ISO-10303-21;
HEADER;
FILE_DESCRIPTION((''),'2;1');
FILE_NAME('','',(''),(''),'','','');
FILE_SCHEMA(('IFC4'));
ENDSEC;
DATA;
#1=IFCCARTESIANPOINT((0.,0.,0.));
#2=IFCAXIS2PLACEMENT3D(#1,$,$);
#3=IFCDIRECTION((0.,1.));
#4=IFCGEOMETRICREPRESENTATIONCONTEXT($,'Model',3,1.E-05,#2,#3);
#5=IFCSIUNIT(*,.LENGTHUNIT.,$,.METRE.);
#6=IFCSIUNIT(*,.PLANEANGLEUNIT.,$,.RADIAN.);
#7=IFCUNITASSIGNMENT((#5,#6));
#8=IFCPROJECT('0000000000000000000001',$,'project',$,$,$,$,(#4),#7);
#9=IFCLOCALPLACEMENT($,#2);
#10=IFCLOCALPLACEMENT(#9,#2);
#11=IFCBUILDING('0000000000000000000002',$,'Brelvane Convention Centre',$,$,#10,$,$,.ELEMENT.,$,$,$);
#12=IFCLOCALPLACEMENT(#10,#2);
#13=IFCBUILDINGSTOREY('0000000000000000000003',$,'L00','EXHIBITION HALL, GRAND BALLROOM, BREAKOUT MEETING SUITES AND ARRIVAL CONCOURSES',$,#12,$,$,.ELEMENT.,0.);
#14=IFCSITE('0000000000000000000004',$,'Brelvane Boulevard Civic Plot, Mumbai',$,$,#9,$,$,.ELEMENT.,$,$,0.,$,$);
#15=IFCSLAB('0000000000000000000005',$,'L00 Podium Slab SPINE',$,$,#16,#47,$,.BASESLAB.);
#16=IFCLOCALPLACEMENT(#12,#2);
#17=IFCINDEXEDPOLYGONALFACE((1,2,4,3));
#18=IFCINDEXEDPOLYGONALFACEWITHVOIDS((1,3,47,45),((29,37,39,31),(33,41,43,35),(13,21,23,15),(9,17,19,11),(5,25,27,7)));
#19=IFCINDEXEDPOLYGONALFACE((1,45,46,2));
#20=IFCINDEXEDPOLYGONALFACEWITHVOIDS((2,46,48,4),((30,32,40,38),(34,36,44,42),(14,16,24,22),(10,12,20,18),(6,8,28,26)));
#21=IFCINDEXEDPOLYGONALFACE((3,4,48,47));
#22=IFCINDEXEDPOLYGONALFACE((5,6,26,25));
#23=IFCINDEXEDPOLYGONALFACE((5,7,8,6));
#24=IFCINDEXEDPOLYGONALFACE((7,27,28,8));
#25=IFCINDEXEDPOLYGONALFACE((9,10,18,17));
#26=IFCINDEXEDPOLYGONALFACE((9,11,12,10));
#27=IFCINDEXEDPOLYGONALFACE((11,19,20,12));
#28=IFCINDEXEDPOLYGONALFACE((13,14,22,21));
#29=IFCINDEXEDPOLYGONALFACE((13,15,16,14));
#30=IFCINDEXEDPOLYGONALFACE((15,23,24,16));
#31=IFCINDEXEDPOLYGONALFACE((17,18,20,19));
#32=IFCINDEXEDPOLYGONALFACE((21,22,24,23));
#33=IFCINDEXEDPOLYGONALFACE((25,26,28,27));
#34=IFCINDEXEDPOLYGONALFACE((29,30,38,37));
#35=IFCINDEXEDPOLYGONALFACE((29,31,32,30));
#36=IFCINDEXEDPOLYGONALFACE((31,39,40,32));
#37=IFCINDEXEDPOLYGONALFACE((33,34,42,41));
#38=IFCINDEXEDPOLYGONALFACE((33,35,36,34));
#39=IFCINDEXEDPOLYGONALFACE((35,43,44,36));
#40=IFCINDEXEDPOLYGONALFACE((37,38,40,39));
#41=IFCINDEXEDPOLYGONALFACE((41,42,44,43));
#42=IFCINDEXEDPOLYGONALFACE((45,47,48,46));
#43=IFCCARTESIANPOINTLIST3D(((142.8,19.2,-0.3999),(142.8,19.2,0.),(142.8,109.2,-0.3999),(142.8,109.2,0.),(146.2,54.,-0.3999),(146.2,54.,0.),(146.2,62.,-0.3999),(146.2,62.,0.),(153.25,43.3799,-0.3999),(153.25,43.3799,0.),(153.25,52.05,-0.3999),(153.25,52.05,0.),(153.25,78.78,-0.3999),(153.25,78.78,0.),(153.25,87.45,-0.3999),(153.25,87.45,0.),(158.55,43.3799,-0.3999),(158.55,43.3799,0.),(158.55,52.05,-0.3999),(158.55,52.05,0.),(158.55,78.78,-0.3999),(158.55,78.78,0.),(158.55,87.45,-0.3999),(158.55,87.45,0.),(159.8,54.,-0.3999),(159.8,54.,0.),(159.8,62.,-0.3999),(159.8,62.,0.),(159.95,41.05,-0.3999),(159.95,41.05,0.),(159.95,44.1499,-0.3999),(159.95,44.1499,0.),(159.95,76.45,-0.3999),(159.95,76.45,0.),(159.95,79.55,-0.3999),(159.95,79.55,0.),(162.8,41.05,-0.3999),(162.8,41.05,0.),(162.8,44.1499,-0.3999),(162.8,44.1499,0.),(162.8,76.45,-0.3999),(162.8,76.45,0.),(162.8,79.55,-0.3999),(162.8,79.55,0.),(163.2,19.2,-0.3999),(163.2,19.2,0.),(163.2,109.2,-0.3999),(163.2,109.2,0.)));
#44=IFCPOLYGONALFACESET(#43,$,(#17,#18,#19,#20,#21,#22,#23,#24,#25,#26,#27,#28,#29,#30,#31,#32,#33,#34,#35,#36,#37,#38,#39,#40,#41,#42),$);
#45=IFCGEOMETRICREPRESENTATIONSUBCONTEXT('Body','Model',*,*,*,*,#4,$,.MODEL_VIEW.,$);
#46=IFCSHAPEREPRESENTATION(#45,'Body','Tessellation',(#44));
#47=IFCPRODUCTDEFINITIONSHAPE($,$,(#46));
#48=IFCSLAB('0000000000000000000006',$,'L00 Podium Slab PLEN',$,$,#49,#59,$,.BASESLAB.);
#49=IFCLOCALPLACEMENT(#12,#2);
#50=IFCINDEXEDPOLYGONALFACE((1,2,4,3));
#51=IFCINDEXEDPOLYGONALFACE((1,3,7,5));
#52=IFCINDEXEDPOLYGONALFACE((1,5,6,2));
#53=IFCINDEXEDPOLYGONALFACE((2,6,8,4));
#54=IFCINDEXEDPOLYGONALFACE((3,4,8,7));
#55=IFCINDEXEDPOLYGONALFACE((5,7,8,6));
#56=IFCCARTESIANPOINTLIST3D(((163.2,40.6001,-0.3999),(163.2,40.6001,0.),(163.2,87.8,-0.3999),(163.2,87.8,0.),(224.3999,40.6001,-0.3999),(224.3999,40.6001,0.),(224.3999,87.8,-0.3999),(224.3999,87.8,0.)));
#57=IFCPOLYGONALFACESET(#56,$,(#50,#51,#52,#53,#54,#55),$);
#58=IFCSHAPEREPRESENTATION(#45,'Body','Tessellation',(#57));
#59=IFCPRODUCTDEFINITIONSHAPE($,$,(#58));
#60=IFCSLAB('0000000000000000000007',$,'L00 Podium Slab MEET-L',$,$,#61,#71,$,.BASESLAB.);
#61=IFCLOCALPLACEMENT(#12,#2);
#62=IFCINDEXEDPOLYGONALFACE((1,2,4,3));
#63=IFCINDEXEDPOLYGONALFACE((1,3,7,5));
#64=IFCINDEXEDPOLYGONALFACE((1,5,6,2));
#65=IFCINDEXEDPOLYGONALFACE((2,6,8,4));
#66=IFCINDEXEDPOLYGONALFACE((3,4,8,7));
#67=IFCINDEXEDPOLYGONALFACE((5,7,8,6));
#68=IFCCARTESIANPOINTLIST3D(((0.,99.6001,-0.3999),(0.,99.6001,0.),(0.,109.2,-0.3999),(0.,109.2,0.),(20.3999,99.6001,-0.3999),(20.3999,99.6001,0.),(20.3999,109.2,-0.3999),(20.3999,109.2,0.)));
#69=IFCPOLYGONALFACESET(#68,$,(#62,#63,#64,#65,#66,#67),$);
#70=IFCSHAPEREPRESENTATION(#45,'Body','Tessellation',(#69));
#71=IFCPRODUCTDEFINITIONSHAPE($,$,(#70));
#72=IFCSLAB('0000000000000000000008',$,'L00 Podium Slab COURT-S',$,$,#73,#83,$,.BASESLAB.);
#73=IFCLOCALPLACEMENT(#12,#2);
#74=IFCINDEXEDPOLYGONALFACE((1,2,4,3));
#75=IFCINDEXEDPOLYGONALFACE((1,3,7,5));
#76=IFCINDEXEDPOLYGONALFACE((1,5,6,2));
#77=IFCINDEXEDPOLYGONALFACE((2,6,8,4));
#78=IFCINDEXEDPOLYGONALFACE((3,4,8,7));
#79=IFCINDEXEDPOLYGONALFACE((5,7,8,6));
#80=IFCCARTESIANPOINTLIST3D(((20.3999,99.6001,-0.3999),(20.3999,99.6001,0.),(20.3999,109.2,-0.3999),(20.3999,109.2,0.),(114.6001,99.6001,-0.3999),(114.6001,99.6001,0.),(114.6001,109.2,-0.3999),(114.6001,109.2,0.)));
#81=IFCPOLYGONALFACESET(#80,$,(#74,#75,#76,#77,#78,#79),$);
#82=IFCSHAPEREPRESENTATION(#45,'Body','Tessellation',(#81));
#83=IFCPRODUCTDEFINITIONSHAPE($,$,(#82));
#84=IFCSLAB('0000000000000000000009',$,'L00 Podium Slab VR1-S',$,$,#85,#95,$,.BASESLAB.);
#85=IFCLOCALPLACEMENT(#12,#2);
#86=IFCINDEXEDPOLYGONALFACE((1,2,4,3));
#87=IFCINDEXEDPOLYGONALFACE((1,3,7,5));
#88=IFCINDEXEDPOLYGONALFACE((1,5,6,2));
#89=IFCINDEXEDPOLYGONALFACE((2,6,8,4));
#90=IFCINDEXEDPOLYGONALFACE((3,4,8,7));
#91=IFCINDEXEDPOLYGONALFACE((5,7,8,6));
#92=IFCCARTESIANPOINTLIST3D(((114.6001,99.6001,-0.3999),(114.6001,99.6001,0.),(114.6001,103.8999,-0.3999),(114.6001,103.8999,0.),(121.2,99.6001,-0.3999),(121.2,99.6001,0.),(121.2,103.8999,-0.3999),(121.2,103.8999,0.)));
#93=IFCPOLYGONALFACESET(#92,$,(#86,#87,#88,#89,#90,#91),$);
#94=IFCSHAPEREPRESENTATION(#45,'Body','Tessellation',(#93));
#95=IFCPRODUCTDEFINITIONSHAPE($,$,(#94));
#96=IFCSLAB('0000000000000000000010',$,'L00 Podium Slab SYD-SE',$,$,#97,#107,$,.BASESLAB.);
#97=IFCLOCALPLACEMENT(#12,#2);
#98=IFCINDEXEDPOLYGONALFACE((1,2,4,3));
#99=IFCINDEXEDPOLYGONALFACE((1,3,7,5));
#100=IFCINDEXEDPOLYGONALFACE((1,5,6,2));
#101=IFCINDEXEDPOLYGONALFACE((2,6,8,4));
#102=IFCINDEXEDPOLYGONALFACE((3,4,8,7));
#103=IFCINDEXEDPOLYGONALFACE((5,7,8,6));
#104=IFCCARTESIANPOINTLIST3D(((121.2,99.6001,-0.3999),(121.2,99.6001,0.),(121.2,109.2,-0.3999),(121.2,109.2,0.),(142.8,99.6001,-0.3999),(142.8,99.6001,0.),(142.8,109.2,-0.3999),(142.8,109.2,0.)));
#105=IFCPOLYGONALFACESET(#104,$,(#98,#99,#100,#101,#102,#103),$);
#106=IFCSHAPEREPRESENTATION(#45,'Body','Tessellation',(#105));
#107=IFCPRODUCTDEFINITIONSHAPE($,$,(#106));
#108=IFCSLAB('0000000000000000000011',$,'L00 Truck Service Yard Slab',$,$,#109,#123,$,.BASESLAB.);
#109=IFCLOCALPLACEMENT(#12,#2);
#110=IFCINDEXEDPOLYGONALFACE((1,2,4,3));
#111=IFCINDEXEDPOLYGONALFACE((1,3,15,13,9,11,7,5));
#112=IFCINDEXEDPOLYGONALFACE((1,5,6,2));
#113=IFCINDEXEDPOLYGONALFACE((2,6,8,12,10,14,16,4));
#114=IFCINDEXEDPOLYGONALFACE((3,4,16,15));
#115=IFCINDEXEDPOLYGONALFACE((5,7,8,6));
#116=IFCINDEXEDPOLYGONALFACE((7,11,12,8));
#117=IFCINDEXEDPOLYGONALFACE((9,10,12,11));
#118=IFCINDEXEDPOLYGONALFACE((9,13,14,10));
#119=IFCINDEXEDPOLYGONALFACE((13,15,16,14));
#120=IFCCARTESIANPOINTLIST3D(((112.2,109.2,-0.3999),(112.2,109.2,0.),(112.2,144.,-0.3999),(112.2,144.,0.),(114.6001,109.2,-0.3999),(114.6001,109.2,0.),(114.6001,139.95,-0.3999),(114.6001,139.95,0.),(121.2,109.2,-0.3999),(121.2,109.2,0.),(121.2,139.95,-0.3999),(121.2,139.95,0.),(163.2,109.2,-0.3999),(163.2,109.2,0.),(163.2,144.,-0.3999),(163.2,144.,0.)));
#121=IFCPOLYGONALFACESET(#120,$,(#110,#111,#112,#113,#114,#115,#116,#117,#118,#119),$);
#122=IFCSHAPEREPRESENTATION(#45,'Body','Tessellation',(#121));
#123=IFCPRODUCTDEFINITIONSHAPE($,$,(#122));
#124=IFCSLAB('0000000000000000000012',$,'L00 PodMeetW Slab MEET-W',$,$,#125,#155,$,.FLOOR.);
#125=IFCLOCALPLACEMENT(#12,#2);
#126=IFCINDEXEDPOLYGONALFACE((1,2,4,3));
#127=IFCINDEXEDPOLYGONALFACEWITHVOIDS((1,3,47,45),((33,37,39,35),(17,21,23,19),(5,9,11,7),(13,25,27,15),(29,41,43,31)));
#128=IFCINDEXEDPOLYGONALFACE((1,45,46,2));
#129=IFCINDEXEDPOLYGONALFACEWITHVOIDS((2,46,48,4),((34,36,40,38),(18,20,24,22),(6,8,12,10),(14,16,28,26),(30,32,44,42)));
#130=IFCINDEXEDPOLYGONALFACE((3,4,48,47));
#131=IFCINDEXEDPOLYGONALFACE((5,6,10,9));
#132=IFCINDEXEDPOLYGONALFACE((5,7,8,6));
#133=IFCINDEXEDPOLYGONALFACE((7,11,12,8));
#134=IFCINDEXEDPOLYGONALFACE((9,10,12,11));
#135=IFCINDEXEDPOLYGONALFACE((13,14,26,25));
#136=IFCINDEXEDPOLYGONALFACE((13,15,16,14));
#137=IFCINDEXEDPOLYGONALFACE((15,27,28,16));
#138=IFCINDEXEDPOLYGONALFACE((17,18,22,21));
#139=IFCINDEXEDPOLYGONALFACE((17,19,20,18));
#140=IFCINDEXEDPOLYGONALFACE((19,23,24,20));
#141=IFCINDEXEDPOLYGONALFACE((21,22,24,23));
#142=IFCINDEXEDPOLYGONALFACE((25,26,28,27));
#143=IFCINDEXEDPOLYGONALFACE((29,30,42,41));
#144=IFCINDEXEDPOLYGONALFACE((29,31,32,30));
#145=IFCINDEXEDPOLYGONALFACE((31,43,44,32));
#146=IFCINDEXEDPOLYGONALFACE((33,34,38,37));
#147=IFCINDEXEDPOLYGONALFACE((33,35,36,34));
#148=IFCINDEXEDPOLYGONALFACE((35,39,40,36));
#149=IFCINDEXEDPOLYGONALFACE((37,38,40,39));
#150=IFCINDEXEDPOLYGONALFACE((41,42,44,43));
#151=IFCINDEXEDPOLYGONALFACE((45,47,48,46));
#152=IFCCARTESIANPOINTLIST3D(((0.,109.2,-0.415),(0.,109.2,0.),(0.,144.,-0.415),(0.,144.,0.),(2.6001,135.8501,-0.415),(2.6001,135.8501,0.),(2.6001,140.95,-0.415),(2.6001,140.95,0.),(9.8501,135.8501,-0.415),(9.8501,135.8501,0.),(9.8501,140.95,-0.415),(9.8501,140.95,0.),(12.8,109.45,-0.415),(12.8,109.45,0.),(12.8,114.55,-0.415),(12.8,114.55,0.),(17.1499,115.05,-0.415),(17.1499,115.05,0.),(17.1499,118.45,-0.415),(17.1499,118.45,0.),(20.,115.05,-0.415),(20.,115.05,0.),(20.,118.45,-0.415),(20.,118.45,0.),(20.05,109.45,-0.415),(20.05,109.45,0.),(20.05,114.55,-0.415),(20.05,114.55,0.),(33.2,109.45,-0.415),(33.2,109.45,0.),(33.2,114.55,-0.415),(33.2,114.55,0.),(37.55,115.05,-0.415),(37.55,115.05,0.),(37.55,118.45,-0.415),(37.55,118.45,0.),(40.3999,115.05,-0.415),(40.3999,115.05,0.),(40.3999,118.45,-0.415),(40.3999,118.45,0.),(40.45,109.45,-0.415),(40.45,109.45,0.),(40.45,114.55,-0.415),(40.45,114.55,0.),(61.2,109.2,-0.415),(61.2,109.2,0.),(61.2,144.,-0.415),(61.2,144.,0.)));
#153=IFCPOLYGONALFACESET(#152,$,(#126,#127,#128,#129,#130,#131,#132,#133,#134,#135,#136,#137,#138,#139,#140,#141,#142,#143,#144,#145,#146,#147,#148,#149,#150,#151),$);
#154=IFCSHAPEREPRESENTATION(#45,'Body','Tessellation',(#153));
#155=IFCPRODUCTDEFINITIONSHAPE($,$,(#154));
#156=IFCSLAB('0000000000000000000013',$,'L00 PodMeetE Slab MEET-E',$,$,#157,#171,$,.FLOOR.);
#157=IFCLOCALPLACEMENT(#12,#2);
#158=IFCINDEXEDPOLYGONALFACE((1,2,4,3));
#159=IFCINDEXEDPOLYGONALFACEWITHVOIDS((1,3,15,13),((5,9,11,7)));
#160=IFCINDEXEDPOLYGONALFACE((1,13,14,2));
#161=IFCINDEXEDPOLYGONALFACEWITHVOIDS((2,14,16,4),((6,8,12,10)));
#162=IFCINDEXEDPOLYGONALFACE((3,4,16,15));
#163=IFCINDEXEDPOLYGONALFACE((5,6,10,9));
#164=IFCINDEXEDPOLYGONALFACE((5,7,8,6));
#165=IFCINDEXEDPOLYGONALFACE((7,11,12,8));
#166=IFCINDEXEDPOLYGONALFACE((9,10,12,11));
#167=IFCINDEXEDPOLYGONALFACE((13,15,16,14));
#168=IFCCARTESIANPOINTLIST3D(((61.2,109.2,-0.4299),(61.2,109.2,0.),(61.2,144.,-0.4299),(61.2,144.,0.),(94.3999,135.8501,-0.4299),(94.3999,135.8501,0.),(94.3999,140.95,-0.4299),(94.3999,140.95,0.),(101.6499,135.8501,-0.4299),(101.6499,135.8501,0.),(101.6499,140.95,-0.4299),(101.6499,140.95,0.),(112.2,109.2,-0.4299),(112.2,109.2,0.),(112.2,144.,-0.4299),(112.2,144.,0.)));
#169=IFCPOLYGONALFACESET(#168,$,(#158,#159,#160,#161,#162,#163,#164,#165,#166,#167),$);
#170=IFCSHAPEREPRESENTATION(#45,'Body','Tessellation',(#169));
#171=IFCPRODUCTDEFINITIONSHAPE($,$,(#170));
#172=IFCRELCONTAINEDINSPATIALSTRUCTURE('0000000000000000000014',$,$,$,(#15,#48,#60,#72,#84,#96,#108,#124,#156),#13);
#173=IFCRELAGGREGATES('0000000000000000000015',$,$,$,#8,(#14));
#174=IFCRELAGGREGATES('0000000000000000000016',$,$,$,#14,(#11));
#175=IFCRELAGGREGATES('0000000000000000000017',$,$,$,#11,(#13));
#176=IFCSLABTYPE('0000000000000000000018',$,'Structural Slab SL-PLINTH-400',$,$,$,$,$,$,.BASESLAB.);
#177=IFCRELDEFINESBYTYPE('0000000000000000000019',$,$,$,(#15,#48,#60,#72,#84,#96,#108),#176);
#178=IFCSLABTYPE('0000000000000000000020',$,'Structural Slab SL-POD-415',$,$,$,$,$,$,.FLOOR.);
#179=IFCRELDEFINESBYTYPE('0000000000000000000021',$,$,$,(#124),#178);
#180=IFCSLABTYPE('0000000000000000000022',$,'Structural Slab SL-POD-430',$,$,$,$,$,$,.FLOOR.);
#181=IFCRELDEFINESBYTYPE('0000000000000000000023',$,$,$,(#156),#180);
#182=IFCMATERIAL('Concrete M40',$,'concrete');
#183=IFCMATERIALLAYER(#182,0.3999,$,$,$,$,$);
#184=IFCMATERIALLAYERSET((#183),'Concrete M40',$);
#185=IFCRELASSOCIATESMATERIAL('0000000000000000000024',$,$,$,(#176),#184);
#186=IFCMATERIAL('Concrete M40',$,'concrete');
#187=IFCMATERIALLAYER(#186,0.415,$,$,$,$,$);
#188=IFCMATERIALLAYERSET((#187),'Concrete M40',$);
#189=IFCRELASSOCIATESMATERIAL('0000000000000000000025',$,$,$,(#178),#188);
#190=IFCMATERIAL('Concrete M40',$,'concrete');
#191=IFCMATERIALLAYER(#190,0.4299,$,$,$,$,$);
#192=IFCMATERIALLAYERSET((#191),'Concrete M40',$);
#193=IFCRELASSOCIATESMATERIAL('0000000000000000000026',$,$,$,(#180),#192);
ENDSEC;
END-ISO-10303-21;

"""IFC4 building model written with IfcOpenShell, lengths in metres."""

from ifc_helpers import new_model, si_unit, direction, frame, origin, place, context, subcontext, project, spatial, polyline, outline, extrude, material, layer, layer_set, type_object, element, save


model = new_model("IFC4")

# Units and contexts
model_context = context("Model", 3, precision=1e-05, world=origin(), true_north=direction((0.0, 1.0)))
body_context = subcontext(model_context, "Body", "Model", "MODEL_VIEW")
ifc_project = project(units=[si_unit("LENGTHUNIT", "METRE"), si_unit("PLANEANGLEUNIT", "RADIAN")], contexts=[model_context])

# Site, building, storey
site_placement = place(None, origin())
site = spatial("IfcSite", under=ifc_project, at=site_placement, Name="Brelvane Boulevard Civic Plot, Mumbai", CompositionType="ELEMENT", RefElevation=0.0)
building_placement = place(site_placement, origin())
building = spatial("IfcBuilding", under=site, at=building_placement, Name="Brelvane Convention Centre", CompositionType="ELEMENT")
storey_placement = place(building_placement, origin())
storey = spatial("IfcBuildingStorey", under=building, at=storey_placement, Name="L00", Description="EXHIBITION HALL, GRAND BALLROOM, BREAKOUT MEETING SUITES AND ARRIVAL CONCOURSES", CompositionType="ELEMENT", Elevation=0.0)

# Slabs
ifc_material_1 = material(Name="Concrete M40", Category="concrete")
ifc_layer_1 = layer(ifc_material_1, 0.3999)
ifc_layer_set_1 = layer_set([ifc_layer_1], Name="Concrete M40")
slab_type_1 = type_object("IfcSlabType", Name="Structural Slab SL-PLINTH-400", PredefinedType="BASESLAB", material=ifc_layer_set_1)
slab_1_placement = place(storey_placement, frame((0.0, 0.0, -0.3999)))
element("IfcSlab", 1, at=slab_1_placement, inside=storey, type_object=slab_type_1, Name="L00 Podium Slab SPINE", PredefinedType="BASESLAB", context=body_context, shape_type="SweptSolid", body=[
    extrude(outline(polyline([(142.8, 19.2), (163.2, 19.2), (163.2, 109.2), (142.8, 109.2), (142.8, 19.2)]), holes=[polyline([(153.25, 43.3799), (158.55, 43.3799), (158.55, 52.05), (153.25, 52.05), (153.25, 43.3799)]), polyline([(159.95, 41.05), (162.8, 41.05), (162.8, 44.1499), (159.95, 44.1499), (159.95, 41.05)]), polyline([(153.25, 78.78), (158.55, 78.78), (158.55, 87.45), (153.25, 87.45), (153.25, 78.78)]), polyline([(159.95, 76.45), (162.8, 76.45), (162.8, 79.55), (159.95, 79.55), (159.95, 76.45)]), polyline([(146.2, 54.0), (159.8, 54.0), (159.8, 62.0), (146.2, 62.0), (146.2, 54.0)])]), origin(), (0.0, 0.0, 1.0), 0.3999),
])
slab_2_placement = place(storey_placement, frame((0.0, 0.0, -0.3999)))
element("IfcSlab", 2, at=slab_2_placement, inside=storey, type_object=slab_type_1, Name="L00 Podium Slab PLEN", PredefinedType="BASESLAB", context=body_context, shape_type="SweptSolid", body=[
    extrude(outline(polyline([(163.2, 40.6001), (224.3999, 40.6001), (224.3999, 87.8), (163.2, 87.8), (163.2, 40.6001)])), origin(), (0.0, 0.0, 1.0), 0.3999),
])
slab_3_placement = place(storey_placement, frame((0.0, 0.0, -0.3999)))
element("IfcSlab", 3, at=slab_3_placement, inside=storey, type_object=slab_type_1, Name="L00 Podium Slab MEET-L", PredefinedType="BASESLAB", context=body_context, shape_type="SweptSolid", body=[
    extrude(outline(polyline([(0.0, 99.6001), (20.3999, 99.6001), (20.3999, 109.2), (0.0, 109.2), (0.0, 99.6001)])), origin(), (0.0, 0.0, 1.0), 0.3999),
])
slab_4_placement = place(storey_placement, frame((0.0, 0.0, -0.3999)))
element("IfcSlab", 4, at=slab_4_placement, inside=storey, type_object=slab_type_1, Name="L00 Podium Slab COURT-S", PredefinedType="BASESLAB", context=body_context, shape_type="SweptSolid", body=[
    extrude(outline(polyline([(20.3999, 99.6001), (114.6001, 99.6001), (114.6001, 109.2), (20.3999, 109.2), (20.3999, 99.6001)])), origin(), (0.0, 0.0, 1.0), 0.3999),
])
slab_5_placement = place(storey_placement, frame((0.0, 0.0, -0.3999)))
element("IfcSlab", 5, at=slab_5_placement, inside=storey, type_object=slab_type_1, Name="L00 Podium Slab VR1-S", PredefinedType="BASESLAB", context=body_context, shape_type="SweptSolid", body=[
    extrude(outline(polyline([(114.6001, 99.6001), (121.2, 99.6001), (121.2, 103.8999), (114.6001, 103.8999), (114.6001, 99.6001)])), origin(), (0.0, 0.0, 1.0), 0.3999),
])
slab_6_placement = place(storey_placement, frame((0.0, 0.0, -0.3999)))
element("IfcSlab", 6, at=slab_6_placement, inside=storey, type_object=slab_type_1, Name="L00 Podium Slab SYD-SE", PredefinedType="BASESLAB", context=body_context, shape_type="SweptSolid", body=[
    extrude(outline(polyline([(121.2, 99.6001), (142.8, 99.6001), (142.8, 109.2), (121.2, 109.2), (121.2, 99.6001)])), origin(), (0.0, 0.0, 1.0), 0.3999),
])
slab_7_placement = place(storey_placement, frame((0.0, 0.0, -0.3999)))
element("IfcSlab", 7, at=slab_7_placement, inside=storey, type_object=slab_type_1, Name="L00 Truck Service Yard Slab", PredefinedType="BASESLAB", context=body_context, shape_type="SweptSolid", body=[
    extrude(outline(polyline([(112.2, 109.2), (114.6001, 109.2), (114.6001, 139.95), (121.2, 139.95), (121.2, 109.2), (163.2, 109.2), (163.2, 144.0), (112.2, 144.0), (112.2, 109.2)])), origin(), (0.0, 0.0, 1.0), 0.3999),
])
ifc_material_2 = material(Name="Concrete M40", Category="concrete")
ifc_layer_2 = layer(ifc_material_2, 0.415)
ifc_layer_set_2 = layer_set([ifc_layer_2], Name="Concrete M40")
slab_type_2 = type_object("IfcSlabType", Name="Structural Slab SL-POD-415", PredefinedType="FLOOR", material=ifc_layer_set_2)
slab_8_placement = place(storey_placement, frame((0.0, 0.0, -0.415)))
element("IfcSlab", 8, at=slab_8_placement, inside=storey, type_object=slab_type_2, Name="L00 PodMeetW Slab MEET-W", PredefinedType="FLOOR", context=body_context, shape_type="SweptSolid", body=[
    extrude(outline(polyline([(0.0, 109.2), (61.2, 109.2), (61.2, 144.0), (0.0, 144.0), (0.0, 109.2)]), holes=[polyline([(12.8, 109.45), (20.05, 109.45), (20.05, 114.55), (12.8, 114.55), (12.8, 109.45)]), polyline([(17.1499, 115.05), (20.0, 115.05), (20.0, 118.45), (17.1499, 118.45), (17.1499, 115.05)]), polyline([(33.2, 109.45), (40.45, 109.45), (40.45, 114.55), (33.2, 114.55), (33.2, 109.45)]), polyline([(37.55, 115.05), (40.3999, 115.05), (40.3999, 118.45), (37.55, 118.45), (37.55, 115.05)]), polyline([(2.6001, 135.8501), (9.8501, 135.8501), (9.8501, 140.95), (2.6001, 140.95), (2.6001, 135.8501)])]), origin(), (0.0, 0.0, 1.0), 0.415),
])
ifc_material_3 = material(Name="Concrete M40", Category="concrete")
ifc_layer_3 = layer(ifc_material_3, 0.4299)
ifc_layer_set_3 = layer_set([ifc_layer_3], Name="Concrete M40")
slab_type_3 = type_object("IfcSlabType", Name="Structural Slab SL-POD-430", PredefinedType="FLOOR", material=ifc_layer_set_3)
slab_9_placement = place(storey_placement, frame((0.0, 0.0, -0.4299)))
element("IfcSlab", 9, at=slab_9_placement, inside=storey, type_object=slab_type_3, Name="L00 PodMeetE Slab MEET-E", PredefinedType="FLOOR", context=body_context, shape_type="SweptSolid", body=[
    extrude(outline(polyline([(61.2, 109.2), (112.2, 109.2), (112.2, 144.0), (61.2, 144.0), (61.2, 109.2)]), holes=[polyline([(94.3999, 135.8501), (101.6499, 135.8501), (101.6499, 140.95), (94.3999, 140.95), (94.3999, 135.8501)])]), origin(), (0.0, 0.0, 1.0), 0.4299),
])

save(model, "model.ifc")
